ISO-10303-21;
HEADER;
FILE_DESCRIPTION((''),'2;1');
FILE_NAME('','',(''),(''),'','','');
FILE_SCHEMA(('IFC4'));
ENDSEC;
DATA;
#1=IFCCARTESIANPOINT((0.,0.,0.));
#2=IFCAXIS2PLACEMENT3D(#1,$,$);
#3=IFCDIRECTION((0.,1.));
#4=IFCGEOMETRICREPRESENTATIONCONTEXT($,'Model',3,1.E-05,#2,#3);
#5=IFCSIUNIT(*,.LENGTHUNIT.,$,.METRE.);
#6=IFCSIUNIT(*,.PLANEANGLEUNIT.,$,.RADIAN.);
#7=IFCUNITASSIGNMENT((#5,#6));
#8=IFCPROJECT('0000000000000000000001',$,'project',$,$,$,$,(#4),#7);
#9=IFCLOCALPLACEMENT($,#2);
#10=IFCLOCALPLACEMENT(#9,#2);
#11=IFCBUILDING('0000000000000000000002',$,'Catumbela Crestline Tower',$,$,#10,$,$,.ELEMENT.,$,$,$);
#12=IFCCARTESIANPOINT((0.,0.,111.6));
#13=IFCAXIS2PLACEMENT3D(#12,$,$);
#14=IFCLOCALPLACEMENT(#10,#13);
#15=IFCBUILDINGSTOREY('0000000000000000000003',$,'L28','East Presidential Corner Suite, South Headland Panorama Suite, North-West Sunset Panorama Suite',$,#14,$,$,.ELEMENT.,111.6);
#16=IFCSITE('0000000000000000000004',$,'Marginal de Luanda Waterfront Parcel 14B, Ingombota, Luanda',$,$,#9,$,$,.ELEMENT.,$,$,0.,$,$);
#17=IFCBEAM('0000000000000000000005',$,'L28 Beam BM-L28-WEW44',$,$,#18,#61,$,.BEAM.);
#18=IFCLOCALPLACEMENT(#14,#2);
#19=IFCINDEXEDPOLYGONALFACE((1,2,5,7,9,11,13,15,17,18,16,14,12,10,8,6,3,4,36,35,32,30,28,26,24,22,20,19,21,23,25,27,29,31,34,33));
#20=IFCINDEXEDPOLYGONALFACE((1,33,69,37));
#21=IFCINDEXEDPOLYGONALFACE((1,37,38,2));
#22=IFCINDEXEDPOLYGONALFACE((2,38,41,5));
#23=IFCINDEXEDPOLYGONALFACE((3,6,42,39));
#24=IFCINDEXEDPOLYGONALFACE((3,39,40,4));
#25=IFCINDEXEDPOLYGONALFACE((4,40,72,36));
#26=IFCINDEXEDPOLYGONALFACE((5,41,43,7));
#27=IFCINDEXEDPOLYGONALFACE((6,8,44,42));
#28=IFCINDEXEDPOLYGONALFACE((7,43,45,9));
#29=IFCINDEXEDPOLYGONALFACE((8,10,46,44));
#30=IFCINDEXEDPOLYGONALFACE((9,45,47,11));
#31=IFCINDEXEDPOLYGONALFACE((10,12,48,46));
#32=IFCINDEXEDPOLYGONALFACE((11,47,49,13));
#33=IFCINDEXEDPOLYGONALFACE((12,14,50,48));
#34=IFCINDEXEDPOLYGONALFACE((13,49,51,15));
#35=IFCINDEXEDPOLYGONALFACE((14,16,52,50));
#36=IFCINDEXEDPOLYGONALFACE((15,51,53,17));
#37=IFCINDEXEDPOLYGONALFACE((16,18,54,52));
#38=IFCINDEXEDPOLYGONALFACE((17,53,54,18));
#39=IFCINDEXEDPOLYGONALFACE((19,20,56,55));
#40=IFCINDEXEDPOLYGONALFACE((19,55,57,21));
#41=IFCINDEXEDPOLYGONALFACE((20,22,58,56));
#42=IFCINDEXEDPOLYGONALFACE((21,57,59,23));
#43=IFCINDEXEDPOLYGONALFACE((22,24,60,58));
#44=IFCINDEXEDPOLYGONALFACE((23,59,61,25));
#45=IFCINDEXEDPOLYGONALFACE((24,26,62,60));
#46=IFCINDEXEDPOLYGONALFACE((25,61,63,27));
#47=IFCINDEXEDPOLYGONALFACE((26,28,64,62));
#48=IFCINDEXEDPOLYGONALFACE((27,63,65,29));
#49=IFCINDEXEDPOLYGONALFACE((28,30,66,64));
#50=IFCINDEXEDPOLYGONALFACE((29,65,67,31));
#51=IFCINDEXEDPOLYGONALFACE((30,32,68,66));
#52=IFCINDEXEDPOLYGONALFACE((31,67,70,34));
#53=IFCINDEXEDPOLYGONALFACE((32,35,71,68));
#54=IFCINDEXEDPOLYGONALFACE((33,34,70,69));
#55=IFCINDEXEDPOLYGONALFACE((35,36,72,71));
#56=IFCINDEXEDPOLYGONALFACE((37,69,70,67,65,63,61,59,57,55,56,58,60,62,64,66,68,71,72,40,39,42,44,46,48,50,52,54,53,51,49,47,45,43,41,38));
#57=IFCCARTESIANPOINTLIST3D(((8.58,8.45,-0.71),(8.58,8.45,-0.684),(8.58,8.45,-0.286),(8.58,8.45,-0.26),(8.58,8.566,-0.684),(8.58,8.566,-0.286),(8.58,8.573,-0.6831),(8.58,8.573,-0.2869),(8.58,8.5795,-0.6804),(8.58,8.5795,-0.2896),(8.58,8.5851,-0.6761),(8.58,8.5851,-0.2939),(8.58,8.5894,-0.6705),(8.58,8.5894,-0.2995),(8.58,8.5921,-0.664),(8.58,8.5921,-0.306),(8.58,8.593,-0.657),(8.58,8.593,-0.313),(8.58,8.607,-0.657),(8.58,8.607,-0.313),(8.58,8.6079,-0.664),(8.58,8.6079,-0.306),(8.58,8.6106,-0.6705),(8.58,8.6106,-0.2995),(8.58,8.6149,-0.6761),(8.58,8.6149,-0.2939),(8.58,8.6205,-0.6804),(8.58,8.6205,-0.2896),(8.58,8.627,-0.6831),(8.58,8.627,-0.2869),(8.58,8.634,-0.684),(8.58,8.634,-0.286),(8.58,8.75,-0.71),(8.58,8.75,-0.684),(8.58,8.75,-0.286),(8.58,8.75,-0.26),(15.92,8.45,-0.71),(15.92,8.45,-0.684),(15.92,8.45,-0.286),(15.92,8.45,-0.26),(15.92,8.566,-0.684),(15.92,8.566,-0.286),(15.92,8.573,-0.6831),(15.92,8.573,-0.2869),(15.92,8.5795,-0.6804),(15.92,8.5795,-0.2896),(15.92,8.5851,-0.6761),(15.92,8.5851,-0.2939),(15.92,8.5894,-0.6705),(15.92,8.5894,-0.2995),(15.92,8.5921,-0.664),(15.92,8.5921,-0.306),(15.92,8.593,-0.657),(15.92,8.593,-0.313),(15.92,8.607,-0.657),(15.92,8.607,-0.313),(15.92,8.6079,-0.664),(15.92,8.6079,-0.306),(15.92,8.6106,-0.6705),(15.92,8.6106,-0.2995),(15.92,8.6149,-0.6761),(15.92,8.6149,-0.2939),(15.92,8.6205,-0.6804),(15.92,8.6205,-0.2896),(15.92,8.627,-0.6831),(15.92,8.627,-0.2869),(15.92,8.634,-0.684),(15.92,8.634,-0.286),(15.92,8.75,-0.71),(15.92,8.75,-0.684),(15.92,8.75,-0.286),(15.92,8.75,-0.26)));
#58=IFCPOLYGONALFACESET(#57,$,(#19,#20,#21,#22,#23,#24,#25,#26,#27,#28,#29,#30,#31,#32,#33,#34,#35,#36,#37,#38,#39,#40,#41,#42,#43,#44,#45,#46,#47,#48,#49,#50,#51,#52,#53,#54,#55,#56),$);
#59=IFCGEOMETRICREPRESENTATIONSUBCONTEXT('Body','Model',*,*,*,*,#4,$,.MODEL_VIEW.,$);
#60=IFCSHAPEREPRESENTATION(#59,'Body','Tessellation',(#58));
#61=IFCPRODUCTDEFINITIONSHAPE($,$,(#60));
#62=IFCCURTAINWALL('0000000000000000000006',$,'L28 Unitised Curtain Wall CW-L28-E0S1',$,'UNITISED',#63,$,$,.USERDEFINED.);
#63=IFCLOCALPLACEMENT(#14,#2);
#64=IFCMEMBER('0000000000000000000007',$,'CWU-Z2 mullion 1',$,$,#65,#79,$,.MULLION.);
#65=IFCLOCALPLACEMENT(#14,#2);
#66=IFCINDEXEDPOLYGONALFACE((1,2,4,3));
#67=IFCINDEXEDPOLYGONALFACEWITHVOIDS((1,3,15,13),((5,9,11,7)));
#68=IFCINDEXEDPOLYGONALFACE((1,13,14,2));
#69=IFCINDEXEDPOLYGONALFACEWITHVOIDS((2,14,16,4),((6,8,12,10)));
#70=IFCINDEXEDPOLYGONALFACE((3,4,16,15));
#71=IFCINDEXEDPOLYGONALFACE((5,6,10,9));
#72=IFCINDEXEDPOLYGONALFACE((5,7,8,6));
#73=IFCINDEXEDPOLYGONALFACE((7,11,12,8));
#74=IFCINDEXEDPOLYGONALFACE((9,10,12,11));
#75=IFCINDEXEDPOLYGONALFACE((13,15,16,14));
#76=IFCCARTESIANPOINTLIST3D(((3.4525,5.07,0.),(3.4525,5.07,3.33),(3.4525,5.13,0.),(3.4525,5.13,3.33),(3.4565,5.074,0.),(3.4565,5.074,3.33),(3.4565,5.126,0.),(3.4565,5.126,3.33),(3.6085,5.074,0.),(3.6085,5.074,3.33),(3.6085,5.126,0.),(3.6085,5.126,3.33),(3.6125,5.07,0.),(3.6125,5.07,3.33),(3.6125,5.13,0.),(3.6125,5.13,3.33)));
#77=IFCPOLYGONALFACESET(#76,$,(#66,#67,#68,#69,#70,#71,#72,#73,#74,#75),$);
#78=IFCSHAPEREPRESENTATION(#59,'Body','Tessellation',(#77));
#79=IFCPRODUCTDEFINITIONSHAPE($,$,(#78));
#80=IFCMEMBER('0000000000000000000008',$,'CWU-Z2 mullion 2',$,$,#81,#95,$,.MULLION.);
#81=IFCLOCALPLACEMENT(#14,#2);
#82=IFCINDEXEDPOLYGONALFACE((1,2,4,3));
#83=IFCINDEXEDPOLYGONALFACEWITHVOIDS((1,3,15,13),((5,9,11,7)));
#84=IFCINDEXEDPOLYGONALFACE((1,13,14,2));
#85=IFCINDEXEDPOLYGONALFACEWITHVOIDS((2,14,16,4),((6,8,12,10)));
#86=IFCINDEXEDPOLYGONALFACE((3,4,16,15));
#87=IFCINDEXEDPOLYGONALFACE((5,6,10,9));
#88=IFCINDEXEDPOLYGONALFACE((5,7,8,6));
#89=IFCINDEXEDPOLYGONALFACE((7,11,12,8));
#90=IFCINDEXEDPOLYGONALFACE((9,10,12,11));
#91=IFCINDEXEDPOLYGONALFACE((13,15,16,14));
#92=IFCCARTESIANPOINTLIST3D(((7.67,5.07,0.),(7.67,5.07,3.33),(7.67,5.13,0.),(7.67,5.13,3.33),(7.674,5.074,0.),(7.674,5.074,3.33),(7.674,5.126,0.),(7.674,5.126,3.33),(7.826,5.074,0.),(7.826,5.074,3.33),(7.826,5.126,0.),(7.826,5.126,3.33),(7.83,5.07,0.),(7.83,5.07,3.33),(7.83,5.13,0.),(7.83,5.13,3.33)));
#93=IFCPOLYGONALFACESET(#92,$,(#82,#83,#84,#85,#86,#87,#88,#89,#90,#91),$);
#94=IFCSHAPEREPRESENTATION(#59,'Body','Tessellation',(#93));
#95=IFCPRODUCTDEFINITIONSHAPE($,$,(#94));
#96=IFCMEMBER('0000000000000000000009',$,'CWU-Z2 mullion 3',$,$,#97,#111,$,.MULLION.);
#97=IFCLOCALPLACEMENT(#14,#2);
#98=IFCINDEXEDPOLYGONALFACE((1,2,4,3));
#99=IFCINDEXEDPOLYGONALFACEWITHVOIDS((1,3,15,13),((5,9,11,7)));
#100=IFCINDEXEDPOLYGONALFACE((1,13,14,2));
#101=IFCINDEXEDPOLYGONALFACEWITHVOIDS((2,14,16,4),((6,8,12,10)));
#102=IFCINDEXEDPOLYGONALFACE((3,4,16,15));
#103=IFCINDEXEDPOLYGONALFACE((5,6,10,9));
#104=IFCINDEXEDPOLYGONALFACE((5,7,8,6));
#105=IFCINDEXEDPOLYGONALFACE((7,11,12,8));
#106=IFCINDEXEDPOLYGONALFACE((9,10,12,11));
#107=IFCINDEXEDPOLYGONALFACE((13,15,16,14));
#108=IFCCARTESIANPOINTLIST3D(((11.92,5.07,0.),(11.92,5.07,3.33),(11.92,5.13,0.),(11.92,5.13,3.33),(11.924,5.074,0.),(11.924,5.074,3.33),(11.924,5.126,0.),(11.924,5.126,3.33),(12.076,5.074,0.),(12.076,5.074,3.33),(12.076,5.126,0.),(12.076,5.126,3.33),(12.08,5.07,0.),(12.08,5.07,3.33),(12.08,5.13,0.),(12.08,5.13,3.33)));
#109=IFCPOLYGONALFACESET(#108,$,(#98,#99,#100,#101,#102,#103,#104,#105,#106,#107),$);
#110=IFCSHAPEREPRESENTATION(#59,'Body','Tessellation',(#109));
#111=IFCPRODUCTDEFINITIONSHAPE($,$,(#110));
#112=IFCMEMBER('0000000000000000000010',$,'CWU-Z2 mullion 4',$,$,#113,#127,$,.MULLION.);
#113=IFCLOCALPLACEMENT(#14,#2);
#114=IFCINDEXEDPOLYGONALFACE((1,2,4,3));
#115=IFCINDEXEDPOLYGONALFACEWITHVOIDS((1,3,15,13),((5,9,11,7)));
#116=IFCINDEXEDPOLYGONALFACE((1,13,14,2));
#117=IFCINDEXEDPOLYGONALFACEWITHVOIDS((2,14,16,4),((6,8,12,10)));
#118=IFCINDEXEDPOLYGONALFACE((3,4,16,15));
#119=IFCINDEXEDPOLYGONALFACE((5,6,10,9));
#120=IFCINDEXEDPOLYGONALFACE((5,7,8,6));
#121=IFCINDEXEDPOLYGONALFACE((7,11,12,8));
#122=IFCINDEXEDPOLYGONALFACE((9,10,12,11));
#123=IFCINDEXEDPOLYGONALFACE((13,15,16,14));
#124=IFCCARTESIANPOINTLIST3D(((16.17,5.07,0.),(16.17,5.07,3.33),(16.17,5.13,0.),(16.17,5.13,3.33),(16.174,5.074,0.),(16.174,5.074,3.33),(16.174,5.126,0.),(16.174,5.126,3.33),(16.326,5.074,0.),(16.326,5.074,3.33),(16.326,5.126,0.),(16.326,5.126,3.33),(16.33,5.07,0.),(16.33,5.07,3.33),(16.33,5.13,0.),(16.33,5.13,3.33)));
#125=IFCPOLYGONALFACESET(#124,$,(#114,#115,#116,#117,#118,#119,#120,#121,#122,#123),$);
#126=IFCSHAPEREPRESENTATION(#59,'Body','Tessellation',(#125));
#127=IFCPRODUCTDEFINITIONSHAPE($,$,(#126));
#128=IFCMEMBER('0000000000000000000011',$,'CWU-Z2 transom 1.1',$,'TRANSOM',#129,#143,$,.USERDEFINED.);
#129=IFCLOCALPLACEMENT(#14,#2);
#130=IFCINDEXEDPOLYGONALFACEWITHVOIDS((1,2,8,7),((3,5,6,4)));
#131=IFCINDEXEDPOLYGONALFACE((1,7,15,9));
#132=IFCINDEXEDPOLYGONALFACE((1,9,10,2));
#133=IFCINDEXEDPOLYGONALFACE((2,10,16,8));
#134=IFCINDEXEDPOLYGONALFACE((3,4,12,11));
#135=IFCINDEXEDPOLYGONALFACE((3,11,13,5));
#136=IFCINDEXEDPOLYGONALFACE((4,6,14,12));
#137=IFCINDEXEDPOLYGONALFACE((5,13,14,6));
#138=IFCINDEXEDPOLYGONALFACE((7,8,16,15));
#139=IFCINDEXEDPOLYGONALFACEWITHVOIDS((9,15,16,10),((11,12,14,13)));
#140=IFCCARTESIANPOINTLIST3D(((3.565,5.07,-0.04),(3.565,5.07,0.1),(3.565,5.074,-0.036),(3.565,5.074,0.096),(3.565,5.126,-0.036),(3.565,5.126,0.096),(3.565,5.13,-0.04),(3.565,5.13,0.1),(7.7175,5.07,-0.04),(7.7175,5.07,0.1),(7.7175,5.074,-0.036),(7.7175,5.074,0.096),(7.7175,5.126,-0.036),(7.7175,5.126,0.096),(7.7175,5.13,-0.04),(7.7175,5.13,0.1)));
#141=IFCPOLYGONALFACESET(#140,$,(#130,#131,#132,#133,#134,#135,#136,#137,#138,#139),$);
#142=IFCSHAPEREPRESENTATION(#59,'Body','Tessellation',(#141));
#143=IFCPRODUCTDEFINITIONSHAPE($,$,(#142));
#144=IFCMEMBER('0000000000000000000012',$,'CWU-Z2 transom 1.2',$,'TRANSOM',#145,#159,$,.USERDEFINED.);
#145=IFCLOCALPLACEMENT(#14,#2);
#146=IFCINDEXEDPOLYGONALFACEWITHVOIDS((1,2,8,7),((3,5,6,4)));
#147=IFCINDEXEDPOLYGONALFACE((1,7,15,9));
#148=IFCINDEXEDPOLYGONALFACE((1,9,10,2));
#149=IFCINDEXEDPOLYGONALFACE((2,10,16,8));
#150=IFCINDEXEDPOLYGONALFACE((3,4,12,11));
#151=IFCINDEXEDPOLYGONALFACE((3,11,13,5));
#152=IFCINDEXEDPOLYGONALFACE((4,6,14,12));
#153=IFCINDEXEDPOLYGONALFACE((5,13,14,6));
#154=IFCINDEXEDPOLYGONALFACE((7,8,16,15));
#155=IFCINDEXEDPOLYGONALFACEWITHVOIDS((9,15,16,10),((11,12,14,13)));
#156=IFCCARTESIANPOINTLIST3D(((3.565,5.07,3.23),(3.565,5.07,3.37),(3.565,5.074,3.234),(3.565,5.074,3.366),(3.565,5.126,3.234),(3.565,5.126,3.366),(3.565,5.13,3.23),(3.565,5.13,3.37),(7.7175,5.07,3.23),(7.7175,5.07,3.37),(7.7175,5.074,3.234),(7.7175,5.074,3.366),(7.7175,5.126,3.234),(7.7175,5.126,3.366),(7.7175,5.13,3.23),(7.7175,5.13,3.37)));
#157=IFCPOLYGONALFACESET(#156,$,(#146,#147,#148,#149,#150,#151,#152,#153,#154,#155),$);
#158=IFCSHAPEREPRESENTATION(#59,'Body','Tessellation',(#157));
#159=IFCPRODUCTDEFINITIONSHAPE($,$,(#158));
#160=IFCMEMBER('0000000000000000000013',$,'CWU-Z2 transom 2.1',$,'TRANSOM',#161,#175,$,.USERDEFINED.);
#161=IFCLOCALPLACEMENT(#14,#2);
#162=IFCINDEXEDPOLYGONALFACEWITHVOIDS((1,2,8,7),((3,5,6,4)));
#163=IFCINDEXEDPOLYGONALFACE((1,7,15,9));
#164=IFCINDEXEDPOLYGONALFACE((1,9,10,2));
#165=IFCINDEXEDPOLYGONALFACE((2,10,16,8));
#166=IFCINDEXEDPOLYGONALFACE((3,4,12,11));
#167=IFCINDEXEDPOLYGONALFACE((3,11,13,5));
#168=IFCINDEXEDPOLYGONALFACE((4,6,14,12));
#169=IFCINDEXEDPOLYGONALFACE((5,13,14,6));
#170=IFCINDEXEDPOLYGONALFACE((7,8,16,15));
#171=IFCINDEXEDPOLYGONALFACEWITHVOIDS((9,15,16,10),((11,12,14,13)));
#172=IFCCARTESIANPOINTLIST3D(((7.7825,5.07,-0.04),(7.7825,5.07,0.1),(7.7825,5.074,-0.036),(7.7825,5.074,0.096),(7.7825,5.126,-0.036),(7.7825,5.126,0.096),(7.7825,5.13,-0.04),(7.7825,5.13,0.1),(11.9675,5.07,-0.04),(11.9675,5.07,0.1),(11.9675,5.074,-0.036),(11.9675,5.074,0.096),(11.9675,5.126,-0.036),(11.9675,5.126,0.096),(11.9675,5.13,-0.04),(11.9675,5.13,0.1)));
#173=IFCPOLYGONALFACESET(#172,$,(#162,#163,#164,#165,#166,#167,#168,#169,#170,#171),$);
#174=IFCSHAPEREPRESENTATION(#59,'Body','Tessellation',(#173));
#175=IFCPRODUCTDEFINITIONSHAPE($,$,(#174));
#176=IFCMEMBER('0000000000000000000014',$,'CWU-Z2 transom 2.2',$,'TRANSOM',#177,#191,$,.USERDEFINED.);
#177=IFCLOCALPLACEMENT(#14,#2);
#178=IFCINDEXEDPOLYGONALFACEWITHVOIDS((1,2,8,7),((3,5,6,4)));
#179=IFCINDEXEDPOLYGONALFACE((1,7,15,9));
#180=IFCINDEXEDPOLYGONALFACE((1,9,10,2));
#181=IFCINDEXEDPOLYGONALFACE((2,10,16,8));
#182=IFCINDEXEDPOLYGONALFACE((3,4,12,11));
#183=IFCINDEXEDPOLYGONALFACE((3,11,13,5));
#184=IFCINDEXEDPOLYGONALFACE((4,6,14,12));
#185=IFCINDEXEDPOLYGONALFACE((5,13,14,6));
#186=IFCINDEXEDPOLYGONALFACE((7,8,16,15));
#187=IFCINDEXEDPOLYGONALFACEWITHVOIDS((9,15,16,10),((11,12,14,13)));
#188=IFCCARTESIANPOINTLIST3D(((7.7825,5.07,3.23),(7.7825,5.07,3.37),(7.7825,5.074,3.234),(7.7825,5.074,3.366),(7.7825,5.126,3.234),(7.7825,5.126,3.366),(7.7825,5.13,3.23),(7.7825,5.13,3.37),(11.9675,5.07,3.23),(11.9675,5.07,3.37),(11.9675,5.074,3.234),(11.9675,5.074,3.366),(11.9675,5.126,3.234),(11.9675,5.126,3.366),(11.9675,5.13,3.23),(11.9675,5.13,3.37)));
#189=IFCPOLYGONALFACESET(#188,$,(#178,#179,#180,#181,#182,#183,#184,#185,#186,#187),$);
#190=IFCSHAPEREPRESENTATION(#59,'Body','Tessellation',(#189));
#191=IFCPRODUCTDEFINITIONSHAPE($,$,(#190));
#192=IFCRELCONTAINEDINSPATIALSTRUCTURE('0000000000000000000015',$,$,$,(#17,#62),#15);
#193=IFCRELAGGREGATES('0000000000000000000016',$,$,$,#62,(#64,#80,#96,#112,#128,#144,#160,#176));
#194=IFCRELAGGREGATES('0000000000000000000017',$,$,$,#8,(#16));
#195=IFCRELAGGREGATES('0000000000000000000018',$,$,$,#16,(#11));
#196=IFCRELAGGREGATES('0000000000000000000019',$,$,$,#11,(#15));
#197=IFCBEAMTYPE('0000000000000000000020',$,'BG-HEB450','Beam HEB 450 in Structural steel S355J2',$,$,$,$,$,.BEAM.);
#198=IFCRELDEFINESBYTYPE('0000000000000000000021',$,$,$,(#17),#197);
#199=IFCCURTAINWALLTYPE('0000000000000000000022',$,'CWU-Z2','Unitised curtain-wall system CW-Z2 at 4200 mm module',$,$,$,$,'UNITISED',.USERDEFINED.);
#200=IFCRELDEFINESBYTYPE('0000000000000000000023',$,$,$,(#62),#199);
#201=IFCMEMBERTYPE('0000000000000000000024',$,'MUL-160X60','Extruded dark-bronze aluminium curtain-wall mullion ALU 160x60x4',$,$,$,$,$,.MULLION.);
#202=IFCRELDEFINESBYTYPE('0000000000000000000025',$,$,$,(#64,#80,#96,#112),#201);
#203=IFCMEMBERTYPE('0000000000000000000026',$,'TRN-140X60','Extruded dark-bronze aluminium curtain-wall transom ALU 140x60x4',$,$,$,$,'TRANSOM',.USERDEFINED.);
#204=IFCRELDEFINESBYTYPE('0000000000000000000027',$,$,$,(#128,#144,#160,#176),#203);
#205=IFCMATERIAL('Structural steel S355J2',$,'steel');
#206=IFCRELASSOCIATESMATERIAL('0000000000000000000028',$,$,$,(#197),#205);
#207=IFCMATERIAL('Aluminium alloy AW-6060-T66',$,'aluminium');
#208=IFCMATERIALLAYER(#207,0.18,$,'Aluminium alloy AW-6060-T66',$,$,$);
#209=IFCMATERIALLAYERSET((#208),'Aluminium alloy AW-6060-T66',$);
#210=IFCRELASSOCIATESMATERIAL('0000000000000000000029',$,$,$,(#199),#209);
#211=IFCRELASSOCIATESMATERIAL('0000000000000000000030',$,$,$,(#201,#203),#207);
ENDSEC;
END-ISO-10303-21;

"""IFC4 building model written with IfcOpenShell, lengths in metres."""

from ifc_helpers import new_model, si_unit, direction, frame, origin, origin_2d, place, context, subcontext, project, spatial, hollow_rectangle, i_section, extrude, material, layer, layer_set, material_profile, profile_set, type_object, element, aggregate, save


model = new_model("IFC4")

# Units and contexts
model_context = context("Model", 3, precision=1e-05, world=origin(), true_north=direction((0.0, 1.0)))
body_context = subcontext(model_context, "Body", "Model", "MODEL_VIEW")
ifc_project = project(units=[si_unit("LENGTHUNIT", "METRE"), si_unit("PLANEANGLEUNIT", "RADIAN")], contexts=[model_context])

# Site, building, storey
site_placement = place(None, origin())
site = spatial("IfcSite", under=ifc_project, at=site_placement, Name="Marginal de Luanda Waterfront Parcel 14B, Ingombota, Luanda", CompositionType="ELEMENT", RefElevation=0.0)
building_placement = place(site_placement, origin())
building = spatial("IfcBuilding", under=site, at=building_placement, Name="Catumbela Crestline Tower", CompositionType="ELEMENT")
storey_placement = place(building_placement, frame((0.0, 0.0, 111.6)))
storey = spatial("IfcBuildingStorey", under=building, at=storey_placement, Name="L28", Description="East Presidential Corner Suite, South Headland Panorama Suite, North-West Sunset Panorama Suite", CompositionType="ELEMENT", Elevation=111.6)

# Beam
ifc_material_1 = material(Name="Structural steel S355J2", Category="steel")
ifc_material_profile_1 = material_profile(ifc_material_1, i_section(OverallWidth=0.3, OverallDepth=0.45, WebThickness=0.014, FlangeThickness=0.026, FilletRadius=0.027, at=origin_2d()), Name="HEB 450")
ifc_profile_set_1 = profile_set([ifc_material_profile_1], Name="Structural steel S355J2")
beam_type = type_object("IfcBeamType", Name="BG-HEB450", Description="Beam HEB 450 in Structural steel S355J2", PredefinedType="BEAM", material=ifc_profile_set_1)
beam_1_placement = place(storey_placement, frame((8.58, 8.6, -0.485), z_axis=(1.0, 0.0, 0.0), x_axis=(0.0, 1.0, 0.0)))
element("IfcBeam", 1, at=beam_1_placement, inside=storey, type_object=beam_type, Name="L28 Beam BM-L28-WEW44", PredefinedType="BEAM", context=body_context, shape_type="SweptSolid", body=[
    extrude(i_section(OverallWidth=0.3, OverallDepth=0.45, WebThickness=0.014, FlangeThickness=0.026, FilletRadius=0.027, at=origin_2d()), origin(), (0.0, 0.0, 1.0), 7.34),
])

# Curtain wall, members
ifc_material_2 = material(Name="Aluminium alloy AW-6060-T66", Category="aluminium")
ifc_layer_1 = layer(ifc_material_2, 0.18, Name="Aluminium alloy AW-6060-T66")
ifc_layer_set_1 = layer_set([ifc_layer_1], Name="Aluminium alloy AW-6060-T66")
curtain_wall_type = type_object("IfcCurtainWallType", Name="CWU-Z2", Description="Unitised curtain-wall system CW-Z2 at 4200 mm module", ElementType="UNITISED", PredefinedType="USERDEFINED", material=ifc_layer_set_1)
curtain_wall_placement = place(storey_placement, origin())
curtain_wall = element("IfcCurtainWall", 2, at=curtain_wall_placement, inside=storey, type_object=curtain_wall_type, Name="L28 Unitised Curtain Wall CW-L28-E0S1", ObjectType="UNITISED", PredefinedType="USERDEFINED")
ifc_material_profile_2 = material_profile(ifc_material_2, hollow_rectangle(XDim=0.06, YDim=0.16, WallThickness=0.004, at=origin_2d()), Name="ALU 160x60x4")
ifc_profile_set_2 = profile_set([ifc_material_profile_2], Name="Aluminium alloy AW-6060-T66")
member_type_1 = type_object("IfcMemberType", Name="MUL-160X60", Description="Extruded dark-bronze aluminium curtain-wall mullion ALU 160x60x4", PredefinedType="MULLION", material=ifc_profile_set_2)
member_1_placement = place(storey_placement, frame((3.5325, 5.1, 0.0), z_axis=(0.0, 0.0, 1.0), x_axis=(0.0, 1.0, 0.0)))
member_1 = element("IfcMember", 3, at=member_1_placement, type_object=member_type_1, Name="CWU-Z2 mullion 1", PredefinedType="MULLION", context=body_context, shape_type="SweptSolid", body=[
    extrude(hollow_rectangle(XDim=0.06, YDim=0.16, WallThickness=0.004, at=origin_2d()), origin(), (0.0, 0.0, 1.0), 3.33),
])
member_2_placement = place(storey_placement, frame((7.75, 5.1, 0.0), z_axis=(0.0, 0.0, 1.0), x_axis=(0.0, 1.0, 0.0)))
member_2 = element("IfcMember", 4, at=member_2_placement, type_object=member_type_1, Name="CWU-Z2 mullion 2", PredefinedType="MULLION", context=body_context, shape_type="SweptSolid", body=[
    extrude(hollow_rectangle(XDim=0.06, YDim=0.16, WallThickness=0.004, at=origin_2d()), origin(), (0.0, 0.0, 1.0), 3.33),
])
member_3_placement = place(storey_placement, frame((12.0, 5.1, 0.0), z_axis=(0.0, 0.0, 1.0), x_axis=(0.0, 1.0, 0.0)))
member_3 = element("IfcMember", 5, at=member_3_placement, type_object=member_type_1, Name="CWU-Z2 mullion 3", PredefinedType="MULLION", context=body_context, shape_type="SweptSolid", body=[
    extrude(hollow_rectangle(XDim=0.06, YDim=0.16, WallThickness=0.004, at=origin_2d()), origin(), (0.0, 0.0, 1.0), 3.33),
])
member_4_placement = place(storey_placement, frame((16.25, 5.1, 0.0), z_axis=(0.0, 0.0, 1.0), x_axis=(0.0, 1.0, 0.0)))
member_4 = element("IfcMember", 6, at=member_4_placement, type_object=member_type_1, Name="CWU-Z2 mullion 4", PredefinedType="MULLION", context=body_context, shape_type="SweptSolid", body=[
    extrude(hollow_rectangle(XDim=0.06, YDim=0.16, WallThickness=0.004, at=origin_2d()), origin(), (0.0, 0.0, 1.0), 3.33),
])
ifc_material_profile_3 = material_profile(ifc_material_2, hollow_rectangle(XDim=0.06, YDim=0.14, WallThickness=0.004, at=origin_2d()), Name="ALU 140x60x4")
ifc_profile_set_3 = profile_set([ifc_material_profile_3], Name="Aluminium alloy AW-6060-T66")
member_type_2 = type_object("IfcMemberType", Name="TRN-140X60", Description="Extruded dark-bronze aluminium curtain-wall transom ALU 140x60x4", ElementType="TRANSOM", PredefinedType="USERDEFINED", material=ifc_profile_set_3)
member_5_placement = place(storey_placement, frame((3.565, 5.1, 0.03), z_axis=(1.0, 0.0, 0.0), x_axis=(0.0, 1.0, 0.0)))
member_5 = element("IfcMember", 7, at=member_5_placement, type_object=member_type_2, Name="CWU-Z2 transom 1.1", ObjectType="TRANSOM", PredefinedType="USERDEFINED", context=body_context, shape_type="SweptSolid", body=[
    extrude(hollow_rectangle(XDim=0.06, YDim=0.14, WallThickness=0.004, at=origin_2d()), origin(), (0.0, 0.0, 1.0), 4.1525),
])
member_6_placement = place(storey_placement, frame((3.565, 5.1, 3.3), z_axis=(1.0, 0.0, 0.0), x_axis=(0.0, 1.0, 0.0)))
member_6 = element("IfcMember", 8, at=member_6_placement, type_object=member_type_2, Name="CWU-Z2 transom 1.2", ObjectType="TRANSOM", PredefinedType="USERDEFINED", context=body_context, shape_type="SweptSolid", body=[
    extrude(hollow_rectangle(XDim=0.06, YDim=0.14, WallThickness=0.004, at=origin_2d()), origin(), (0.0, 0.0, 1.0), 4.1525),
])
member_7_placement = place(storey_placement, frame((7.7825, 5.1, 0.03), z_axis=(1.0, 0.0, 0.0), x_axis=(0.0, 1.0, 0.0)))
member_7 = element("IfcMember", 9, at=member_7_placement, type_object=member_type_2, Name="CWU-Z2 transom 2.1", ObjectType="TRANSOM", PredefinedType="USERDEFINED", context=body_context, shape_type="SweptSolid", body=[
    extrude(hollow_rectangle(XDim=0.06, YDim=0.14, WallThickness=0.004, at=origin_2d()), origin(), (0.0, 0.0, 1.0), 4.185),
])
member_8_placement = place(storey_placement, frame((7.7825, 5.1, 3.3), z_axis=(1.0, 0.0, 0.0), x_axis=(0.0, 1.0, 0.0)))
member_8 = element("IfcMember", 10, at=member_8_placement, type_object=member_type_2, Name="CWU-Z2 transom 2.2", ObjectType="TRANSOM", PredefinedType="USERDEFINED", context=body_context, shape_type="SweptSolid", body=[
    extrude(hollow_rectangle(XDim=0.06, YDim=0.14, WallThickness=0.004, at=origin_2d()), origin(), (0.0, 0.0, 1.0), 4.185),
])
aggregate(curtain_wall, [member_1, member_2, member_3, member_4, member_5, member_6, member_7, member_8])

save(model, "model.ifc")
